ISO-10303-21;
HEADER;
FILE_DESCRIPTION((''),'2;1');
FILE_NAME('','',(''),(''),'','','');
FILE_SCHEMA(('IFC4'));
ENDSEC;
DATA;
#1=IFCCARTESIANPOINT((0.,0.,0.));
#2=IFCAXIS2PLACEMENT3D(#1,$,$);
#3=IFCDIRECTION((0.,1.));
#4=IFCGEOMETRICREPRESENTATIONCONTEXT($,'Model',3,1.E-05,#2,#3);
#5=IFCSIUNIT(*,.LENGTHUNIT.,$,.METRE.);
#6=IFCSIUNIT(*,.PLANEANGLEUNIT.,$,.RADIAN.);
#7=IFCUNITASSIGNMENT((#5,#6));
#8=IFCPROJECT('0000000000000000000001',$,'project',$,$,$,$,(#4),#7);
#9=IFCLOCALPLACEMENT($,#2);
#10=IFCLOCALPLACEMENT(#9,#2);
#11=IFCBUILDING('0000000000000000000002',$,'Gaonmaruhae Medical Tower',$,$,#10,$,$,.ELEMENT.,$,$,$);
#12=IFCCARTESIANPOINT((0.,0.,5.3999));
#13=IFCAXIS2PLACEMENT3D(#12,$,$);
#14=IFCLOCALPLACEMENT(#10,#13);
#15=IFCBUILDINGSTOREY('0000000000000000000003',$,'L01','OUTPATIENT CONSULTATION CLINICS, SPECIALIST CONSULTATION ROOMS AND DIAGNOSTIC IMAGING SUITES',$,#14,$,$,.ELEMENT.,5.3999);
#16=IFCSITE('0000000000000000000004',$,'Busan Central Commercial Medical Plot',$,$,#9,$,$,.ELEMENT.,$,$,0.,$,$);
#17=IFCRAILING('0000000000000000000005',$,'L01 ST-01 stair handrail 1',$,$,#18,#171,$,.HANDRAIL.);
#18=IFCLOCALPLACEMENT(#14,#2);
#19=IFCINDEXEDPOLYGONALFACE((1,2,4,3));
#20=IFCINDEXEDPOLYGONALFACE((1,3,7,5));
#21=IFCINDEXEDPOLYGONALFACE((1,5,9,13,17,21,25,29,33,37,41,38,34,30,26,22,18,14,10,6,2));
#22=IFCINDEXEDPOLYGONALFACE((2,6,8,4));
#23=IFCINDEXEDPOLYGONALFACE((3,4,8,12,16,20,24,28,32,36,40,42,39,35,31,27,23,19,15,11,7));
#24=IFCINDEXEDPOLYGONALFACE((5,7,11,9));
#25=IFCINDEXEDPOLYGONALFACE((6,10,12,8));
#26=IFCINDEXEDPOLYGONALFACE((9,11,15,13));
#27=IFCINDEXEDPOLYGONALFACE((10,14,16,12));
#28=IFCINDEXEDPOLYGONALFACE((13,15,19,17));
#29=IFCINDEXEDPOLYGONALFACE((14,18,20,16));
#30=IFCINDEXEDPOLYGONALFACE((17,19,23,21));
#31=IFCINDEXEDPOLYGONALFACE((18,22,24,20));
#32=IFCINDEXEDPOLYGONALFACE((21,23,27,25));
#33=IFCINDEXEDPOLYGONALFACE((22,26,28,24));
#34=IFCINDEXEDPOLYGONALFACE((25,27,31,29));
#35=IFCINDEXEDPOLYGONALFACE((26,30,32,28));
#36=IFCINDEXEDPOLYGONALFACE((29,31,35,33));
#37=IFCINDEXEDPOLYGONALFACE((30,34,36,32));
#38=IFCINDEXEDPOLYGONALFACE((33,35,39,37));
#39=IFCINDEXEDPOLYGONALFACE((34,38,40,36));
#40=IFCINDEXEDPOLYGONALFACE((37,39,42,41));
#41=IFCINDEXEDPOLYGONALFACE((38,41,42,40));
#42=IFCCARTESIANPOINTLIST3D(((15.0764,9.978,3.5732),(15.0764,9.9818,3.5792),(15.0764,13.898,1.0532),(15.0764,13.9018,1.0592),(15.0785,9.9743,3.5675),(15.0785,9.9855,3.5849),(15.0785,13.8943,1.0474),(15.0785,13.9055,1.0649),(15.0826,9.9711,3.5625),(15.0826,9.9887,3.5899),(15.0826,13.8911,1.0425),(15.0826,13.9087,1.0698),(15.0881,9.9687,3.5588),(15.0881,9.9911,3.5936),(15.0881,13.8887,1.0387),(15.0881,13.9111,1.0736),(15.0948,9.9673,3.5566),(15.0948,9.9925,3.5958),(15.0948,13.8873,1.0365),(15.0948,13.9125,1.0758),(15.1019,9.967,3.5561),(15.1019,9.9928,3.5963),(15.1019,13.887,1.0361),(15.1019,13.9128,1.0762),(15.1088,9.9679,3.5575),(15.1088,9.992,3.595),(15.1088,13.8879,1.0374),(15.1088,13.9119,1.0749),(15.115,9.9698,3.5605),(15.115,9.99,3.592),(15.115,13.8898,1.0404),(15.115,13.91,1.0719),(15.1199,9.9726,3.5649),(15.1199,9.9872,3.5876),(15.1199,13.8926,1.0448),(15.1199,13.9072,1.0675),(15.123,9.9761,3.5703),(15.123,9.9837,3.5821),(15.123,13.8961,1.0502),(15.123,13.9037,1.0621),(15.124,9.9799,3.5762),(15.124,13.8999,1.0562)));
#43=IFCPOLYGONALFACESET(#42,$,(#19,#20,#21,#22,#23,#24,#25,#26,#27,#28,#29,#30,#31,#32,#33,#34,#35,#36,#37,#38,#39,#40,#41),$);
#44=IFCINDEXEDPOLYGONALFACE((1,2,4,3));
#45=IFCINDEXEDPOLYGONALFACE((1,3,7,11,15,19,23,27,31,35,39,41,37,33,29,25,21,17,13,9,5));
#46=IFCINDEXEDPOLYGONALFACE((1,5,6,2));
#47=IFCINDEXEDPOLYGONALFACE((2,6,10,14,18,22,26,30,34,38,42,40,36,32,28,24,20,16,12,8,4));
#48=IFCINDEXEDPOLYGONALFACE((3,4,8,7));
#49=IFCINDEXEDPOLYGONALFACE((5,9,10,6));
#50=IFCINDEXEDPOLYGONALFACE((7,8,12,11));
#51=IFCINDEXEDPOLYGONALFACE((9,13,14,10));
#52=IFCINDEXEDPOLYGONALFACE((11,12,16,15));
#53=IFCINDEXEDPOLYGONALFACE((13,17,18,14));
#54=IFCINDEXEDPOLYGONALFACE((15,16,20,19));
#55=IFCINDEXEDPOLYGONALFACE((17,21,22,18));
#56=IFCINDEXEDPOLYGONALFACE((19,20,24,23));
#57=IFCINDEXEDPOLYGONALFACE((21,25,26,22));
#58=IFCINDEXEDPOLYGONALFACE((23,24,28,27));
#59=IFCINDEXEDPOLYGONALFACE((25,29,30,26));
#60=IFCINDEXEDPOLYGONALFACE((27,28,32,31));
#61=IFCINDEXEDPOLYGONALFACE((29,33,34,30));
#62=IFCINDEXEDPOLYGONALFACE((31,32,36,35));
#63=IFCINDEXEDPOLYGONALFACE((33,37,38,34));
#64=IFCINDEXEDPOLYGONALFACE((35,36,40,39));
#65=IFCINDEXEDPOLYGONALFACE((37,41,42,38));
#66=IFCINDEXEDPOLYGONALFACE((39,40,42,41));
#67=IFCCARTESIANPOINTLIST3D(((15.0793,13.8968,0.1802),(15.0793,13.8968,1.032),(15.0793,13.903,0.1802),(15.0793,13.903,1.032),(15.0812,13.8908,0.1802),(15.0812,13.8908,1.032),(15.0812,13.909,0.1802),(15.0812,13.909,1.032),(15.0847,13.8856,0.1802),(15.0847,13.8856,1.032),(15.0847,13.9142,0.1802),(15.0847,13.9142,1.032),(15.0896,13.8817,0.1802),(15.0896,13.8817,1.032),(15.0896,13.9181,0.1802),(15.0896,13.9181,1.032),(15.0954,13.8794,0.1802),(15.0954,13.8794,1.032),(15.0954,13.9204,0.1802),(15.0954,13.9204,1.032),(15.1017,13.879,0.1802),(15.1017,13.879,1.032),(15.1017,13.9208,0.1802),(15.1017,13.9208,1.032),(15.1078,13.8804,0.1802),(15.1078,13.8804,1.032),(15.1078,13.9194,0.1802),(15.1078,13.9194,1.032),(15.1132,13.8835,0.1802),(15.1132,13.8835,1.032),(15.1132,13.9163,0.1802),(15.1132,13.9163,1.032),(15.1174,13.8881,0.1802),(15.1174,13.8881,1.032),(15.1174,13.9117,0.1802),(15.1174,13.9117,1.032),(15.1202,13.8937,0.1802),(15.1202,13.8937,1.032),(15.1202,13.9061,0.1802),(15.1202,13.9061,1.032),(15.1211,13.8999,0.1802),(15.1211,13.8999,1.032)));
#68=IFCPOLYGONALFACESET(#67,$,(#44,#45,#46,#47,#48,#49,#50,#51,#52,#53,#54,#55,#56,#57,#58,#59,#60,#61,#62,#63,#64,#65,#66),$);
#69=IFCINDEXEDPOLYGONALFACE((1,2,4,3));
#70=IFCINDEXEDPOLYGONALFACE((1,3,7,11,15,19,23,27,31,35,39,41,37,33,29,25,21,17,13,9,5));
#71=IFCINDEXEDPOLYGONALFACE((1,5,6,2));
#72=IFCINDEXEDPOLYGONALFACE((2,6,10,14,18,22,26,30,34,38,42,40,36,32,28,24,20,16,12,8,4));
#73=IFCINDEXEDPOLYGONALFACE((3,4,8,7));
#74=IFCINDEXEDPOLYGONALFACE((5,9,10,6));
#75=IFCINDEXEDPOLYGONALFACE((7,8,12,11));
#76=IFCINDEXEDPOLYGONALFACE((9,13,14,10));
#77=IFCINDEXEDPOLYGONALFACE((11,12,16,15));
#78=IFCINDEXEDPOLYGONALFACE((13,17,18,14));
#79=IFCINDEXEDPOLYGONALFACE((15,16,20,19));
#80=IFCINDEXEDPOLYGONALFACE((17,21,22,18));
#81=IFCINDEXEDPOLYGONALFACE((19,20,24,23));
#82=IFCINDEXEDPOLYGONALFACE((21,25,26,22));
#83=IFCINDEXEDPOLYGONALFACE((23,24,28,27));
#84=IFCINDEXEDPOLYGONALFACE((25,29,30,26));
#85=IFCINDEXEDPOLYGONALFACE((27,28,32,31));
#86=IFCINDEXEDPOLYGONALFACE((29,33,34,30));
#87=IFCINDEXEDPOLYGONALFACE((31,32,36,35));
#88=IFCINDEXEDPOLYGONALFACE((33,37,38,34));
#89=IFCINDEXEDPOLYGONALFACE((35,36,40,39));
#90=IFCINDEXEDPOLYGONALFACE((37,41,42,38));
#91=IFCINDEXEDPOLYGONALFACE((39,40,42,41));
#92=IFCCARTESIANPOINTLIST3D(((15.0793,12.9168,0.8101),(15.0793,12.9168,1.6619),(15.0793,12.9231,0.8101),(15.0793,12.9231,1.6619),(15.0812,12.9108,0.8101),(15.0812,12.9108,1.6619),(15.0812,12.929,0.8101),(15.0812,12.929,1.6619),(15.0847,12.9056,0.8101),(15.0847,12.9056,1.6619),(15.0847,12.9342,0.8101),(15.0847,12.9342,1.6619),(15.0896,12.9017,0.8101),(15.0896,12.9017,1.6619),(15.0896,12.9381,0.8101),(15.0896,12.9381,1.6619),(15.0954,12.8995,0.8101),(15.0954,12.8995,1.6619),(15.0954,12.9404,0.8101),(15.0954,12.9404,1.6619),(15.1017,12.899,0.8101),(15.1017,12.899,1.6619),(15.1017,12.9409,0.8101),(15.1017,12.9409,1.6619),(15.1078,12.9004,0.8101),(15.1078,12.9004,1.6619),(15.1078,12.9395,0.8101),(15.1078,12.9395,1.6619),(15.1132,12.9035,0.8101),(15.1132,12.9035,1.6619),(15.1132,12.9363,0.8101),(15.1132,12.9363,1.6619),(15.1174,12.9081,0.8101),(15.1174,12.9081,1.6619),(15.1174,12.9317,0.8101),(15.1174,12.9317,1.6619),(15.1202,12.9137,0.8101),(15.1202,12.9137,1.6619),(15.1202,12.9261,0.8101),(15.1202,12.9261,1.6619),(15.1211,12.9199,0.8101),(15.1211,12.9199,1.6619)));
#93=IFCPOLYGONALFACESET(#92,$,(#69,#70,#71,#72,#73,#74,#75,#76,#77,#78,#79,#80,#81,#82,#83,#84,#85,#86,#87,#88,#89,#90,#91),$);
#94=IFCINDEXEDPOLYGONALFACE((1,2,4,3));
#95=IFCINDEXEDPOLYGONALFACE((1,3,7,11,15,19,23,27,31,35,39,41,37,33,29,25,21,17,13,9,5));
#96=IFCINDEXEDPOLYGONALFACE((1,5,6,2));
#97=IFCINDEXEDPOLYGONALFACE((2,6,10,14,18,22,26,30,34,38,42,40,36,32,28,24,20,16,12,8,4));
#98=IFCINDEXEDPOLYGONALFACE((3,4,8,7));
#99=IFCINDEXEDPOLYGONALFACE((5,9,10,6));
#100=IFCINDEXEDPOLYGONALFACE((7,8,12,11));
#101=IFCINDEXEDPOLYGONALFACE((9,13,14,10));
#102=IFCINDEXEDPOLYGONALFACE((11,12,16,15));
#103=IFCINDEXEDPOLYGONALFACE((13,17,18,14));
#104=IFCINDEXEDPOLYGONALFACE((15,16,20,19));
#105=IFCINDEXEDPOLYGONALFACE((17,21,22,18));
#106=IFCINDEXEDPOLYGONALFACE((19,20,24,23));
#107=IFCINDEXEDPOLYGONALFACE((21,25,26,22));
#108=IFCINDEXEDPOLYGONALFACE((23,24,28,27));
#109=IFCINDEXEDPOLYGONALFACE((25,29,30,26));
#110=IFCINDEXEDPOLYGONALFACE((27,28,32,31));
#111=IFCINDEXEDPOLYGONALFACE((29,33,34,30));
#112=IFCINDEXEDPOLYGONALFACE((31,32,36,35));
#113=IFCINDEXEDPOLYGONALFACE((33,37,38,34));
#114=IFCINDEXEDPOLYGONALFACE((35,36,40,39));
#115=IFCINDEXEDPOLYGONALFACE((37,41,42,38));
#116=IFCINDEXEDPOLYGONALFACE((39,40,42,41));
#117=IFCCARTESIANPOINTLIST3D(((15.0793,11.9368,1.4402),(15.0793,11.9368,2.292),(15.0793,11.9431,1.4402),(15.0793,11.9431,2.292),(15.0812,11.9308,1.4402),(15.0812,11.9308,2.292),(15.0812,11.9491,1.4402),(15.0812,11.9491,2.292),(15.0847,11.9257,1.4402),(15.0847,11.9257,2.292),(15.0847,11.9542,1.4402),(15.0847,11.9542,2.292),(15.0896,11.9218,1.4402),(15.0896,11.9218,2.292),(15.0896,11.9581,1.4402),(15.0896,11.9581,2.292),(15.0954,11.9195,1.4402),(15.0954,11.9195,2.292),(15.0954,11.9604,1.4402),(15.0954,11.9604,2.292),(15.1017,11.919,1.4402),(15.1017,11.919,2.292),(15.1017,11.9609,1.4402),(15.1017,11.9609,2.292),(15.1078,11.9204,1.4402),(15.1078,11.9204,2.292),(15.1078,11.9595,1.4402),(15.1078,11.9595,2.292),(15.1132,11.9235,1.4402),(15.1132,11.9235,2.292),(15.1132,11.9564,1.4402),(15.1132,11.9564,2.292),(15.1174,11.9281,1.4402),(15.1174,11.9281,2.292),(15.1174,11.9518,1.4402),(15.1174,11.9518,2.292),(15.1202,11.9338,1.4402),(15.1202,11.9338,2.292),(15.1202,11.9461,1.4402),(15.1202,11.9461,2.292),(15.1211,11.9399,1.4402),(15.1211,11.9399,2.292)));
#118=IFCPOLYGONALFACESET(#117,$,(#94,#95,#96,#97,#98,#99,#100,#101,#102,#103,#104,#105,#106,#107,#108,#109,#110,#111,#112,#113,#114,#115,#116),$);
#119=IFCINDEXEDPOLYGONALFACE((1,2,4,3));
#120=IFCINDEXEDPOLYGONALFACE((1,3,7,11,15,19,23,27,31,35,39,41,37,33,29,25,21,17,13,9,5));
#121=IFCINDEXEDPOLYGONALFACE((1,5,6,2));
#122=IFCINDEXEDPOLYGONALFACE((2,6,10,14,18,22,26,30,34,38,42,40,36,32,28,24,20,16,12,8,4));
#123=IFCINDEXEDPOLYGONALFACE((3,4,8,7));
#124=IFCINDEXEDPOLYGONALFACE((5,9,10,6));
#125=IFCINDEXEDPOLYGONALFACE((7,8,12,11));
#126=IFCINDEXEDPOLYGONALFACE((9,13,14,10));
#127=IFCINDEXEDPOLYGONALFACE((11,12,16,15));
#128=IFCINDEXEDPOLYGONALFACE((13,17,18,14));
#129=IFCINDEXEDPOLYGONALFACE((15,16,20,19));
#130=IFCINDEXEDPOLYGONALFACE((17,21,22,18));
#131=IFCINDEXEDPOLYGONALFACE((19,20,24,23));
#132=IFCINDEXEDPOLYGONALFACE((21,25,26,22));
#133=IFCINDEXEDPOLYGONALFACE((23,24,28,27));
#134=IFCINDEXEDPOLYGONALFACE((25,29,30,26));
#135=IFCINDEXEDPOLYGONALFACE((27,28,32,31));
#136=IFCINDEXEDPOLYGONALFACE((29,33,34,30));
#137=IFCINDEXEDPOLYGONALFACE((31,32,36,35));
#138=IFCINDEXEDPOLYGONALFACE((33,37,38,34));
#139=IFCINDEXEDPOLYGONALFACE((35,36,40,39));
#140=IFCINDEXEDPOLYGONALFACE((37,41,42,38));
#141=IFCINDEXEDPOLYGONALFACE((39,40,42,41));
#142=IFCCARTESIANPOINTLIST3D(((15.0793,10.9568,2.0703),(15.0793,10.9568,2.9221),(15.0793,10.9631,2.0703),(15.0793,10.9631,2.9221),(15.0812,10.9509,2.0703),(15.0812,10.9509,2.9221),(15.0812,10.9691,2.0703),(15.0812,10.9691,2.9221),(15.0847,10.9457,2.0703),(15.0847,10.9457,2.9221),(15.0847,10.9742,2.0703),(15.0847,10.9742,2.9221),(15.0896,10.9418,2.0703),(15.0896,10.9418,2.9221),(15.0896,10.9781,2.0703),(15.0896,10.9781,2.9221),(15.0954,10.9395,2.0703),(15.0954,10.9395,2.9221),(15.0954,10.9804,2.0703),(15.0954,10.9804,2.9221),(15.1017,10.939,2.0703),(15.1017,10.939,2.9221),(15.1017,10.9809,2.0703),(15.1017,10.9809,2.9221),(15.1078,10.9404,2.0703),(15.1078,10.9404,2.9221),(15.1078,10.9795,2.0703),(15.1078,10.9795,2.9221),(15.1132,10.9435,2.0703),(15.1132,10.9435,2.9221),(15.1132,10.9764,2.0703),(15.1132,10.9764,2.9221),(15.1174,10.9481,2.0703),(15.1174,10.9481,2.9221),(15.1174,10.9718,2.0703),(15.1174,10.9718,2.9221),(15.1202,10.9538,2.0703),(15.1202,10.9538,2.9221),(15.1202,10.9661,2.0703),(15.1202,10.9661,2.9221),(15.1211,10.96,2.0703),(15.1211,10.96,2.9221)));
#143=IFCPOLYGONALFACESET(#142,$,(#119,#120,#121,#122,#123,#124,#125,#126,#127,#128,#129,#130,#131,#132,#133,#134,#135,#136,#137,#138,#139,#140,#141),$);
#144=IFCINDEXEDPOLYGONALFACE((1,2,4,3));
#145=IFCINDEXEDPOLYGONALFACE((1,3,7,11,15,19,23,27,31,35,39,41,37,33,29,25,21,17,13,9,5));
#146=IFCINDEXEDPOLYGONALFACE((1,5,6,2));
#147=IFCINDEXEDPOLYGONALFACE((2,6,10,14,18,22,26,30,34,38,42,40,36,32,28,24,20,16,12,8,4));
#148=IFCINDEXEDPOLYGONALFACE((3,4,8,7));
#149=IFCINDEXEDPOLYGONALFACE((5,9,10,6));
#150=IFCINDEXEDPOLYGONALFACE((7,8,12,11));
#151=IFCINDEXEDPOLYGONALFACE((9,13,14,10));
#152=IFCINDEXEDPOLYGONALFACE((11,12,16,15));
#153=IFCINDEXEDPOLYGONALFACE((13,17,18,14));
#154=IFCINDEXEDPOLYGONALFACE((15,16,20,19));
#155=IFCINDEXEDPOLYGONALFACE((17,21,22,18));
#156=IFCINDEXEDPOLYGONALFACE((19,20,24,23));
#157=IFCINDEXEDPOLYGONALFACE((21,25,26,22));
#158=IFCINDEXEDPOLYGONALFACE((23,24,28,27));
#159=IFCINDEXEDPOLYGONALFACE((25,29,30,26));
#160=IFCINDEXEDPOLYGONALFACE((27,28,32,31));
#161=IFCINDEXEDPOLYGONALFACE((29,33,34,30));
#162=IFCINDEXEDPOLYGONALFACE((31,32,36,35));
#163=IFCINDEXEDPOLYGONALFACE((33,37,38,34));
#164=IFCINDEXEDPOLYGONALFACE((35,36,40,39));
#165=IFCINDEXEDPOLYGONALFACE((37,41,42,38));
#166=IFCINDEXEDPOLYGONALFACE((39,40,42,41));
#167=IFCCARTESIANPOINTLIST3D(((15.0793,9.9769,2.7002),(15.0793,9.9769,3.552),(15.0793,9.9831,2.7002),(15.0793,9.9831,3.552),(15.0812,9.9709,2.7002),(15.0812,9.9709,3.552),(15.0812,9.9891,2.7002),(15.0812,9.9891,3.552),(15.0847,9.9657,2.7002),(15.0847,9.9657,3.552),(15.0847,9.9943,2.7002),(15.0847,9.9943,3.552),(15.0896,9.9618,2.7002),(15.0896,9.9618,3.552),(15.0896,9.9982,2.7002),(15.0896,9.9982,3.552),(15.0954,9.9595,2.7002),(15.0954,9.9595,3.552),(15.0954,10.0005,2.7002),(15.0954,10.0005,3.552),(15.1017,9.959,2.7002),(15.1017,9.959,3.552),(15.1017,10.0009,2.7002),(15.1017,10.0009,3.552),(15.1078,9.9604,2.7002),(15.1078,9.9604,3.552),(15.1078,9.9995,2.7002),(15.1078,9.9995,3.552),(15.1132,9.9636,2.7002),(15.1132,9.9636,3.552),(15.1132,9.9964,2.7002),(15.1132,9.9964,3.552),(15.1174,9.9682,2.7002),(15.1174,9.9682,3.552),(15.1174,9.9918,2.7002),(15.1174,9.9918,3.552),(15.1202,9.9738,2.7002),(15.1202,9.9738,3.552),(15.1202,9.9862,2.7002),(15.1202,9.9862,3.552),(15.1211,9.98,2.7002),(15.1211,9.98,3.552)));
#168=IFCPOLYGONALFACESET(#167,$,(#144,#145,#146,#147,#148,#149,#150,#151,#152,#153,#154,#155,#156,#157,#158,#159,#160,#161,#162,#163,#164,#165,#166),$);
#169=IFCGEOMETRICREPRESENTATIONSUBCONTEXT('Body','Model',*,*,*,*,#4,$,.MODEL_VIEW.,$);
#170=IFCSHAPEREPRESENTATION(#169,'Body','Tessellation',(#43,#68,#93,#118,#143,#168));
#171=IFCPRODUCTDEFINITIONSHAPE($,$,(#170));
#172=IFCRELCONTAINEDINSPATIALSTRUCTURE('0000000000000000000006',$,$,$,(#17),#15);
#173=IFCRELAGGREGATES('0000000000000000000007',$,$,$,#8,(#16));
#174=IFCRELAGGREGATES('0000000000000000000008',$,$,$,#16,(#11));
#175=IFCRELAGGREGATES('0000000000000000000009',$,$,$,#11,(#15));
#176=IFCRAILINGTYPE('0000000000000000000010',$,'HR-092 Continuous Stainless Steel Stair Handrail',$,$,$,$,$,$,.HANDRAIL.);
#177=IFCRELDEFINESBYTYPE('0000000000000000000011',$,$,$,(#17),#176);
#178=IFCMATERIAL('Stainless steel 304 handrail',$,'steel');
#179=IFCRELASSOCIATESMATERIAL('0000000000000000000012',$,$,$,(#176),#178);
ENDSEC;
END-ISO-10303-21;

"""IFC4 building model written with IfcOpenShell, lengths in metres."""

from ifc_helpers import new_model, si_unit, direction, frame, origin, origin_2d, place, context, subcontext, project, spatial, circle, extrude, material, type_object, element, save


model = new_model("IFC4")

# Units and contexts
model_context = context("Model", 3, precision=1e-05, world=origin(), true_north=direction((0.0, 1.0)))
body_context = subcontext(model_context, "Body", "Model", "MODEL_VIEW")
ifc_project = project(units=[si_unit("LENGTHUNIT", "METRE"), si_unit("PLANEANGLEUNIT", "RADIAN")], contexts=[model_context])

# Site, building, storey
site_placement = place(None, origin())
site = spatial("IfcSite", under=ifc_project, at=site_placement, Name="Busan Central Commercial Medical Plot", CompositionType="ELEMENT", RefElevation=0.0)
building_placement = place(site_placement, origin())
building = spatial("IfcBuilding", under=site, at=building_placement, Name="Gaonmaruhae Medical Tower", CompositionType="ELEMENT")
storey_placement = place(building_placement, frame((0.0, 0.0, 5.3999)))
storey = spatial("IfcBuildingStorey", under=building, at=storey_placement, Name="L01", Description="OUTPATIENT CONSULTATION CLINICS, SPECIALIST CONSULTATION ROOMS AND DIAGNOSTIC IMAGING SUITES", CompositionType="ELEMENT", Elevation=5.3999)

# Railing
ifc_material_1 = material(Name="Stainless steel 304 handrail", Category="steel")
railing_type_1 = type_object("IfcRailingType", Name="HR-092 Continuous Stainless Steel Stair Handrail", PredefinedType="HANDRAIL", material=ifc_material_1)
railing_1_placement = place(storey_placement, frame((15.1001, 13.8999, 0.1802)))
element("IfcRailing", 1, at=railing_1_placement, inside=storey, type_object=railing_type_1, Name="L01 ST-01 stair handrail 1", PredefinedType="HANDRAIL", context=body_context, shape_type="SweptSolid", body=[
    extrude(circle(Radius=0.0239, at=origin_2d()), frame((0.0, 0.0, 0.876), z_axis=(0.0, -0.841172, 0.540768), x_axis=(1.0, 0.0, 0.0)), (0.0, 0.0, 1.0), 4.6602),
    extrude(circle(Radius=0.021, at=origin_2d()), origin(), (0.0, 0.0, 1.0), 0.8518),
    extrude(circle(Radius=0.021, at=origin_2d()), frame((0.0, -0.98, 0.6299)), (0.0, 0.0, 1.0), 0.8518),
    extrude(circle(Radius=0.021, at=origin_2d()), frame((0.0, -1.96, 1.26)), (0.0, 0.0, 1.0), 0.8518),
    extrude(circle(Radius=0.021, at=origin_2d()), frame((0.0, -2.9399, 1.8901)), (0.0, 0.0, 1.0), 0.8518),
    extrude(circle(Radius=0.021, at=origin_2d()), frame((0.0, -3.9199, 2.52)), (0.0, 0.0, 1.0), 0.8518),
])

save(model, "model.ifc")
